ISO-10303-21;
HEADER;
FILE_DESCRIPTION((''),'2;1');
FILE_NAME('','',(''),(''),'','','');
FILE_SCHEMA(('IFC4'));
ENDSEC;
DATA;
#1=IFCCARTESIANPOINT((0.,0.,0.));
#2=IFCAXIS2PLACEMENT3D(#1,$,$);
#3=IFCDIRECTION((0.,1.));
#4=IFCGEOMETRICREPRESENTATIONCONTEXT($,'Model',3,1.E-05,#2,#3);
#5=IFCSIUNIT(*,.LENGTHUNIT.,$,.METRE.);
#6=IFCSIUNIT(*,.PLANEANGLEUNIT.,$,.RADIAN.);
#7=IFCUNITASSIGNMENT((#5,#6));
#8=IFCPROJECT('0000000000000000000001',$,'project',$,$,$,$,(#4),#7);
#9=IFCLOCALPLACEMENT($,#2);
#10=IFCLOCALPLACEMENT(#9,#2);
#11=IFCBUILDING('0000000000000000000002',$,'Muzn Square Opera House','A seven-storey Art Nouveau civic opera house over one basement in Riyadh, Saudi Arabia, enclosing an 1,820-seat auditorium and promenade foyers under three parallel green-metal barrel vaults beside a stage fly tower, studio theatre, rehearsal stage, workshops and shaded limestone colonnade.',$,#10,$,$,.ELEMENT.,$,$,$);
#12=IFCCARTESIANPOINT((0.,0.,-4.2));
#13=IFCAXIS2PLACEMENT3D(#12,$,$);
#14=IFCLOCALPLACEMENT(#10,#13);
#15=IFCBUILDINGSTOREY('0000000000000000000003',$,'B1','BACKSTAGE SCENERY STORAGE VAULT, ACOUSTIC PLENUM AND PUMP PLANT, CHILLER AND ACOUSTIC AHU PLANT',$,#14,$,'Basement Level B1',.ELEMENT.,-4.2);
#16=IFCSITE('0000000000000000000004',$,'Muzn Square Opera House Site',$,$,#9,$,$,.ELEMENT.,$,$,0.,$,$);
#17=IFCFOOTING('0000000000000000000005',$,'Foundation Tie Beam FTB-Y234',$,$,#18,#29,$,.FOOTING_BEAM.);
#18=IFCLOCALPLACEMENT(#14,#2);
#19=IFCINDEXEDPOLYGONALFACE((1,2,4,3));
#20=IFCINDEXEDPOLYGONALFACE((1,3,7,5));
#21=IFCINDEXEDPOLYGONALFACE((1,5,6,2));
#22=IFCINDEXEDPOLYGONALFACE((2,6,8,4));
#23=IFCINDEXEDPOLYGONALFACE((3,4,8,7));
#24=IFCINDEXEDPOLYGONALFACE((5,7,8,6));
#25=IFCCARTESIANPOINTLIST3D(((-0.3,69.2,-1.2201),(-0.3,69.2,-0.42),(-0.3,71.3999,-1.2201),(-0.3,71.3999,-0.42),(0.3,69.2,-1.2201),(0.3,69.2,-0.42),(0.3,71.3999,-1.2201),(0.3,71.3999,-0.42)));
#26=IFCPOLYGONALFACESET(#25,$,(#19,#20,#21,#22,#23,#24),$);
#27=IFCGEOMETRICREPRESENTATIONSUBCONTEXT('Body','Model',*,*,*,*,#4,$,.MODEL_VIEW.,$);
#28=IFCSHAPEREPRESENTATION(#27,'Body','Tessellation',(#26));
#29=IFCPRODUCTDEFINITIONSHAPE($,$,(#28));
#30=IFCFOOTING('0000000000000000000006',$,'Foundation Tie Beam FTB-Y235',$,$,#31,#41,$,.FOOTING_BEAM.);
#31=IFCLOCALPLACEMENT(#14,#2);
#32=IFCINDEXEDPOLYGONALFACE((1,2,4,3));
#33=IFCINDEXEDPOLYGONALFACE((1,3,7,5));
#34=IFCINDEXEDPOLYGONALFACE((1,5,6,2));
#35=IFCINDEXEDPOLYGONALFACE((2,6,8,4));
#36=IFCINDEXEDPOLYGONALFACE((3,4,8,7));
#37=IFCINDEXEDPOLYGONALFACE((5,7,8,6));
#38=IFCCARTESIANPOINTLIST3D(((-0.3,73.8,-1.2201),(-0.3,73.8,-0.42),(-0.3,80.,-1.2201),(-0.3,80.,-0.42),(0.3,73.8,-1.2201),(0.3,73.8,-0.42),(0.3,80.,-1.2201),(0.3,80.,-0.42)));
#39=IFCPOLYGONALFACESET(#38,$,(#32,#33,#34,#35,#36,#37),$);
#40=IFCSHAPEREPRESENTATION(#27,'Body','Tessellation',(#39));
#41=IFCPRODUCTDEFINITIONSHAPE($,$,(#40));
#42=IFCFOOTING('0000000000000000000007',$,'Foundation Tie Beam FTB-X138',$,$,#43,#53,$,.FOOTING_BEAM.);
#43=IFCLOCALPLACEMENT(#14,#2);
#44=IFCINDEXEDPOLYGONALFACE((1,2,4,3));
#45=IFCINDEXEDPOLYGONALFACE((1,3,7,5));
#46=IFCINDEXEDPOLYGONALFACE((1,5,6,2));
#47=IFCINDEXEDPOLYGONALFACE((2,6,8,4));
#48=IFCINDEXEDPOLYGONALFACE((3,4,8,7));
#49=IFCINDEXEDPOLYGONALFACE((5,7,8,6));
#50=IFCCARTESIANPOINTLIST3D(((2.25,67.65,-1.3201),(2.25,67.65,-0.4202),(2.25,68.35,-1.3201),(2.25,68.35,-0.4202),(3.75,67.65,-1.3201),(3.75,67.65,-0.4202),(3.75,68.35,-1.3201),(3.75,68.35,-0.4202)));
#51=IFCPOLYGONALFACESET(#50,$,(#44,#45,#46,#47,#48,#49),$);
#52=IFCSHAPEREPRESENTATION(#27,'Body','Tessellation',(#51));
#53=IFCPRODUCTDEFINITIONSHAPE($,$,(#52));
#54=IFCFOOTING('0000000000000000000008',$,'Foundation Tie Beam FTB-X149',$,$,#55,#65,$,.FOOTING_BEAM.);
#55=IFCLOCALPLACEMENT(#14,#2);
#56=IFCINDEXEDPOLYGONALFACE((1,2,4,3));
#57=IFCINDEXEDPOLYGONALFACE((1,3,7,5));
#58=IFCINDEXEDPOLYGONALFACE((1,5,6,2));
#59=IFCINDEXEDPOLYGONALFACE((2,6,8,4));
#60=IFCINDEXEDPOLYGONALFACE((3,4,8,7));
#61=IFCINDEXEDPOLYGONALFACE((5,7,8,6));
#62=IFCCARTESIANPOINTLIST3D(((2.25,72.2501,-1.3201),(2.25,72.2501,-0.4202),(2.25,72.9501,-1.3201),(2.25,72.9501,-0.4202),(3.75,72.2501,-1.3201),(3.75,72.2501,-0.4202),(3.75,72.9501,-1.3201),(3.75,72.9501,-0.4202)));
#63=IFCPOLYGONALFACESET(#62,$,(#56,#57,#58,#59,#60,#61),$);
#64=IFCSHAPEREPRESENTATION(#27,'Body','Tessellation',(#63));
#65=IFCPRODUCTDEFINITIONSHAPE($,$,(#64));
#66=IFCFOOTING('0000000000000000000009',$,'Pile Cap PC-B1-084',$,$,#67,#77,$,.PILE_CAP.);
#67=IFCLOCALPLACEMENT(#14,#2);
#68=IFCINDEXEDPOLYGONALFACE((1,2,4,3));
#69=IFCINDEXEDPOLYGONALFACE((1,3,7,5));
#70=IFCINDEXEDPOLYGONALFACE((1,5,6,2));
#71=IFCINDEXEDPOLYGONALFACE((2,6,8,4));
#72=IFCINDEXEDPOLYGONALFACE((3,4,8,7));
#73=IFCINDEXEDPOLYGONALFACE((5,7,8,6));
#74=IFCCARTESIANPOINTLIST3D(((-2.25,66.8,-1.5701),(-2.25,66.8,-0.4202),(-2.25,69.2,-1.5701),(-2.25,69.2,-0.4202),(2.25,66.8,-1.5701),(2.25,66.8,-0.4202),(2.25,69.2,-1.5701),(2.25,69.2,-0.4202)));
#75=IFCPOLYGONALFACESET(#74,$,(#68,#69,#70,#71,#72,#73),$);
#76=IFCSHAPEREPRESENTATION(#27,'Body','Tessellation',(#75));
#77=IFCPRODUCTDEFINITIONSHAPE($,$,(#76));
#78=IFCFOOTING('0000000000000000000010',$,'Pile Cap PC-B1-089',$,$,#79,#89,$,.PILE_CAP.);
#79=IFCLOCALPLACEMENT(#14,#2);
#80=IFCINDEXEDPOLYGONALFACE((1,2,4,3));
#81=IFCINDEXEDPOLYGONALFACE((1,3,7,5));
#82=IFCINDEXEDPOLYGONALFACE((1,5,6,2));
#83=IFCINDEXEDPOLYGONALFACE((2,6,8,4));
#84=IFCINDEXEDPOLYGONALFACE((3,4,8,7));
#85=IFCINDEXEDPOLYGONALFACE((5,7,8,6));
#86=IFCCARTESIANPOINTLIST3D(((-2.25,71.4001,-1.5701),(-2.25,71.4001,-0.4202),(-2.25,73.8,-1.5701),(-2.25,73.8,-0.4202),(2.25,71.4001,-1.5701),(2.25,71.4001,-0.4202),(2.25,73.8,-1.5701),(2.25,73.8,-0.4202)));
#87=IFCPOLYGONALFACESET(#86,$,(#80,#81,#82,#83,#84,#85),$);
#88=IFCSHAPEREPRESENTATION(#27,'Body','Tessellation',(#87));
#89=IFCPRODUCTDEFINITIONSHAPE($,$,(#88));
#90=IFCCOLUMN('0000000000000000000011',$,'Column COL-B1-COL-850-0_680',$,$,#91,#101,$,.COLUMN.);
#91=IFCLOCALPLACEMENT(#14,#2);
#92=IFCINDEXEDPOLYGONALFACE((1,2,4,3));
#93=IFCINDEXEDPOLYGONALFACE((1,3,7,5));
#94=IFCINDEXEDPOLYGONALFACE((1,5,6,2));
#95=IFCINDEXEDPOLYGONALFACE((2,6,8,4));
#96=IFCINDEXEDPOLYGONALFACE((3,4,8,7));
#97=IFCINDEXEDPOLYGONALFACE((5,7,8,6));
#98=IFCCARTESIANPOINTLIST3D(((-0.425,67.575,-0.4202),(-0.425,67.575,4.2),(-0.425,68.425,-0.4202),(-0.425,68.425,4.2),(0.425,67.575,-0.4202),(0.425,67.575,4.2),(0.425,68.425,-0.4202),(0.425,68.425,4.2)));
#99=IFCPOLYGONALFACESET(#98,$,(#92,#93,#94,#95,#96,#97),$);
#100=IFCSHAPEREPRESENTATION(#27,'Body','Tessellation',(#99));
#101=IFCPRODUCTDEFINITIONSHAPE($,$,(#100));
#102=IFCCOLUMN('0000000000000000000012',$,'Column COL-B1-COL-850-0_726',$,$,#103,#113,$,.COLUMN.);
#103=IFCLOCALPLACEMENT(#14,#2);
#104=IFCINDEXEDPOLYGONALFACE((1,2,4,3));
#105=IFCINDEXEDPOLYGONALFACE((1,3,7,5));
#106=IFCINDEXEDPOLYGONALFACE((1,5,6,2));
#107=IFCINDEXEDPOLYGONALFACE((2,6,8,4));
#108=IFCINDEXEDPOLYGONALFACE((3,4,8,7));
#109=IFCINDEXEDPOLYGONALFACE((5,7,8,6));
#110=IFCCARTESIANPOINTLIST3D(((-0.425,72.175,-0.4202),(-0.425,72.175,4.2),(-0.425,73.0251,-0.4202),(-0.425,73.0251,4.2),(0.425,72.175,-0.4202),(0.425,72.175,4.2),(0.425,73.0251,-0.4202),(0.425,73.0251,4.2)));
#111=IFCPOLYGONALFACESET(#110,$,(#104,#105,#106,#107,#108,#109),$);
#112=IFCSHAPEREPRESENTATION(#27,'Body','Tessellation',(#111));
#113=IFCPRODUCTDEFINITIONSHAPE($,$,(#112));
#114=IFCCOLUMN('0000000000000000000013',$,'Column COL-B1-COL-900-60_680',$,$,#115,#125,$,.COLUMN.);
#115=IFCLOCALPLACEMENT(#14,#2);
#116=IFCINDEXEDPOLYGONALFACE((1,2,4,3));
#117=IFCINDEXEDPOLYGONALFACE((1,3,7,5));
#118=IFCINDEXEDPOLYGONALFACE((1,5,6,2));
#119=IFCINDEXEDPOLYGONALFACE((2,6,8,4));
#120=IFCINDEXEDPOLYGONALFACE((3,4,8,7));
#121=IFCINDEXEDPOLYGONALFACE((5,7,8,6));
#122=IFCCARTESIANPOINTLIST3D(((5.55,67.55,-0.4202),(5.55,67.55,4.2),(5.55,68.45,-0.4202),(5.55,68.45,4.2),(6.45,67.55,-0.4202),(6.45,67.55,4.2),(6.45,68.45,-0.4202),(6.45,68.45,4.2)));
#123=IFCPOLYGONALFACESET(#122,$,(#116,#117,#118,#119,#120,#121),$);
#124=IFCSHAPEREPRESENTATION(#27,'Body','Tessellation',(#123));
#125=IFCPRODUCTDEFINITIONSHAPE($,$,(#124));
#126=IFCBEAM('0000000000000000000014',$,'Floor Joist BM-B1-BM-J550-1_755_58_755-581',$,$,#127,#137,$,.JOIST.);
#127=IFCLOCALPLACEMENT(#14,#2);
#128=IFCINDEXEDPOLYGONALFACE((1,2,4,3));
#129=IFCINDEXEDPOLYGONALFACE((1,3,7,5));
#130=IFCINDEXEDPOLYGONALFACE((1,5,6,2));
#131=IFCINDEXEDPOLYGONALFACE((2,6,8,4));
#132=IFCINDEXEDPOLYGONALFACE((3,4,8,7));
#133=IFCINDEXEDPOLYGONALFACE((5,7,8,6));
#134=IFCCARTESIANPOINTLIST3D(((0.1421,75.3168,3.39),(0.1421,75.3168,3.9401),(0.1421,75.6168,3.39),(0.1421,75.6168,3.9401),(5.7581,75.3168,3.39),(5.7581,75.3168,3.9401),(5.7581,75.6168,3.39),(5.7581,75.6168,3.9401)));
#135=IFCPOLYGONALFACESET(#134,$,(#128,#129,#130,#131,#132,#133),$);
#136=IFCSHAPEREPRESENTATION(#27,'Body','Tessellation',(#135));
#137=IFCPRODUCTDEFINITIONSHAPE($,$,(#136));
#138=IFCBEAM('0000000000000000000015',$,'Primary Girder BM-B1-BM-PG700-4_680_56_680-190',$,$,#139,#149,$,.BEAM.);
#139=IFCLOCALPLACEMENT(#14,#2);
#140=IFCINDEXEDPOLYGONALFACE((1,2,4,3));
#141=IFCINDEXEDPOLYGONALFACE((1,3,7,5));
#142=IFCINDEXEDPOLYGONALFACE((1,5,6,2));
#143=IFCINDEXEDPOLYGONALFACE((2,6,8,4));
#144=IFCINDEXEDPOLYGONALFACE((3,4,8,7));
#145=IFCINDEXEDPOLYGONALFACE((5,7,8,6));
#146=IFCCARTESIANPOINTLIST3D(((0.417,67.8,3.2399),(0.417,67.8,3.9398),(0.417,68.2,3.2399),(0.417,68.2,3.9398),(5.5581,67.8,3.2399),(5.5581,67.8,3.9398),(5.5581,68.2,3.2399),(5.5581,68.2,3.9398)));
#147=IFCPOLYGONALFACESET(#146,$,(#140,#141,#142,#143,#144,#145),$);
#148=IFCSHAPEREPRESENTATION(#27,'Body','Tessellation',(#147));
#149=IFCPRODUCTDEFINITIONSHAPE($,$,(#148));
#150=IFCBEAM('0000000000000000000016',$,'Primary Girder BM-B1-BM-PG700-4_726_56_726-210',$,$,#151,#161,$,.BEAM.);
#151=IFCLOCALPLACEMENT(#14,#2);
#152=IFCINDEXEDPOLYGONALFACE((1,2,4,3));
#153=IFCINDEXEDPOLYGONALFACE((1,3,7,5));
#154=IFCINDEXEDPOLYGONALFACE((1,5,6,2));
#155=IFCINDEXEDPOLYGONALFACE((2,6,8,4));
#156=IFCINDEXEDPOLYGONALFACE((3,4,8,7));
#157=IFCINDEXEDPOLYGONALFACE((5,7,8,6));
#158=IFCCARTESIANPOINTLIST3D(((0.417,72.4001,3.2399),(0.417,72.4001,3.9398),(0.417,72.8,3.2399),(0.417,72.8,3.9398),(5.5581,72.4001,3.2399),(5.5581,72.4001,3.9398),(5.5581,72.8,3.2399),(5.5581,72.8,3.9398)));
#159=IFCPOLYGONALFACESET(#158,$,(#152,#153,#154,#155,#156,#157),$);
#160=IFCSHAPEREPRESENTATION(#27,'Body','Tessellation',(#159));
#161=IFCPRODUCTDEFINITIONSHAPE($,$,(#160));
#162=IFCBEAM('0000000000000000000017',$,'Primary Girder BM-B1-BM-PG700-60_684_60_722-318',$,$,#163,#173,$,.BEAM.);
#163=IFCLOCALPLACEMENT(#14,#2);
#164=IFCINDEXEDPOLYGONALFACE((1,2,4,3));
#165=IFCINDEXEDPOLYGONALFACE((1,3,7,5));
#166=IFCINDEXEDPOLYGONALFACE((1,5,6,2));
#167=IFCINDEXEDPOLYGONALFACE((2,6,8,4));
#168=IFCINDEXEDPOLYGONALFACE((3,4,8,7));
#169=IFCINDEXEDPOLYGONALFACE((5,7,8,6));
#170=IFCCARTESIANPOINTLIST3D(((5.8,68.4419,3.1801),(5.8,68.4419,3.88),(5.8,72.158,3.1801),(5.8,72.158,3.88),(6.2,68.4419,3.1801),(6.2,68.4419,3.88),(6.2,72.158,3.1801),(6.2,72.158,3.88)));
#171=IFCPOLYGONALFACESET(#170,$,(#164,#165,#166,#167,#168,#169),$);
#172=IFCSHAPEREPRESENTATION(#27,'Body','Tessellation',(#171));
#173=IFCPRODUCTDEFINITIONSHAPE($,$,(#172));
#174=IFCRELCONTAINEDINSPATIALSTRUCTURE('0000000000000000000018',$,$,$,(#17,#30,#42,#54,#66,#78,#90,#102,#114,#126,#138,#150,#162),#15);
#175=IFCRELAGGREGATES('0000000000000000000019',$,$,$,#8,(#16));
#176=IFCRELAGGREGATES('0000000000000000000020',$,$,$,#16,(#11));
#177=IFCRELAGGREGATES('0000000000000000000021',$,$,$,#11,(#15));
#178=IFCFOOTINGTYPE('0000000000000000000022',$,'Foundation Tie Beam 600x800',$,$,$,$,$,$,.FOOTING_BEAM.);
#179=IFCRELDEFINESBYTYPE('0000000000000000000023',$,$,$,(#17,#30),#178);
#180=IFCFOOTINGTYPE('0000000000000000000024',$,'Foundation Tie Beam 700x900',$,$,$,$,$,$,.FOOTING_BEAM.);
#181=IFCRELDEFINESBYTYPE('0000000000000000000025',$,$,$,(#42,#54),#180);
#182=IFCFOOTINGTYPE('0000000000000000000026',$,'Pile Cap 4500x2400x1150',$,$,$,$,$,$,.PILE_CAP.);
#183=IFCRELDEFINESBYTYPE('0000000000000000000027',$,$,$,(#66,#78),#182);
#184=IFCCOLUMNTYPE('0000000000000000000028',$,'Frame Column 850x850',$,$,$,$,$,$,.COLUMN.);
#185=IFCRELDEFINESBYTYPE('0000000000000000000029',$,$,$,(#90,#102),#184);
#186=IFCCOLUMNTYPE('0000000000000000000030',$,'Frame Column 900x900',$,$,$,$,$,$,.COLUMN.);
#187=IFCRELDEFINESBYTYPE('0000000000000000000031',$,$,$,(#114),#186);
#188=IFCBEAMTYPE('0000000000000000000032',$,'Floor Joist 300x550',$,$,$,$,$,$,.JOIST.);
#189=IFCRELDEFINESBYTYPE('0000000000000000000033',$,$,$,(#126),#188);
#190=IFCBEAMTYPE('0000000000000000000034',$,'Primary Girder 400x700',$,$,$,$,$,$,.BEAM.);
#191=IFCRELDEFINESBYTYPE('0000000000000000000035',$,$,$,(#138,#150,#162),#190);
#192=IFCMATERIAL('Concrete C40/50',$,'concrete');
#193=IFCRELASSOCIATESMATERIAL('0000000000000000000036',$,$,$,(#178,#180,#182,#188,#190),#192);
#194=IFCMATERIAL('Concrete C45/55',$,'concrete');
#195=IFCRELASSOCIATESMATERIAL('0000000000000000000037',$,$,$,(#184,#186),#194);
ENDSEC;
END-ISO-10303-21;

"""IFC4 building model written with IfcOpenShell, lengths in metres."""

from ifc_helpers import new_model, si_unit, direction, frame, origin, origin_2d, place, context, subcontext, project, spatial, rectangle, extrude, material, material_profile, profile_set, type_object, element, save


model = new_model("IFC4")

# Units and contexts
model_context = context("Model", 3, precision=1e-05, world=origin(), true_north=direction((0.0, 1.0)))
body_context = subcontext(model_context, "Body", "Model", "MODEL_VIEW")
ifc_project = project(units=[si_unit("LENGTHUNIT", "METRE"), si_unit("PLANEANGLEUNIT", "RADIAN")], contexts=[model_context])

# Site, building, storey
site_placement = place(None, origin())
site = spatial("IfcSite", under=ifc_project, at=site_placement, Name="Muzn Square Opera House Site", CompositionType="ELEMENT", RefElevation=0.0)
building_placement = place(site_placement, origin())
building = spatial("IfcBuilding", under=site, at=building_placement, Name="Muzn Square Opera House", Description="A seven-storey Art Nouveau civic opera house over one basement in Riyadh, Saudi Arabia, enclosing an 1,820-seat auditorium and promenade foyers under three parallel green-metal barrel vaults beside a stage fly tower, studio theatre, rehearsal stage, workshops and shaded limestone colonnade.", CompositionType="ELEMENT")
storey_placement = place(building_placement, frame((0.0, 0.0, -4.2)))
storey = spatial("IfcBuildingStorey", under=building, at=storey_placement, Name="B1", Description="BACKSTAGE SCENERY STORAGE VAULT, ACOUSTIC PLENUM AND PUMP PLANT, CHILLER AND ACOUSTIC AHU PLANT", LongName="Basement Level B1", CompositionType="ELEMENT", Elevation=-4.2)

# Shared definitions
ifc_material_1 = material(Name="Concrete C40/50", Category="concrete")

# Footings
ifc_material_profile_1 = material_profile(ifc_material_1, rectangle(XDim=0.6001, YDim=0.8, at=origin_2d()), Name="RCTB 600x800", Category="concrete")
ifc_profile_set_1 = profile_set([ifc_material_profile_1], Name="Concrete C40/50")
footing_type_1 = type_object("IfcFootingType", Name="Foundation Tie Beam 600x800", PredefinedType="FOOTING_BEAM", material=ifc_profile_set_1)
for number, where, z_axis, x_axis, name in (
    (1, (0.0, 69.2, -0.8201), (0.0, 1.0, 0.0), (-1.0, 0.0, 0.0), "Foundation Tie Beam FTB-Y234"),
):
    element("IfcFooting", number, at=place(storey_placement, frame(where, z_axis=z_axis, x_axis=x_axis)), inside=storey, type_object=footing_type_1, Name=name, PredefinedType="FOOTING_BEAM", context=body_context, shape_type="SweptSolid", body=[
        extrude(rectangle(XDim=0.6001, YDim=0.8, at=origin_2d()), origin(), (0.0, 0.0, 1.0), 2.2),
    ])
footing_placement = place(storey_placement, frame((0.0, 73.8, -0.8201), z_axis=(0.0, 1.0, 0.0), x_axis=(-1.0, 0.0, 0.0)))
element("IfcFooting", 2, at=footing_placement, inside=storey, type_object=footing_type_1, Name="Foundation Tie Beam FTB-Y235", PredefinedType="FOOTING_BEAM", context=body_context, shape_type="SweptSolid", body=[
    extrude(rectangle(XDim=0.6001, YDim=0.8, at=origin_2d()), origin(), (0.0, 0.0, 1.0), 6.2),
])
ifc_material_profile_2 = material_profile(ifc_material_1, rectangle(XDim=0.7, YDim=0.8999, at=origin_2d()), Name="RCTB 700x900", Category="concrete")
ifc_profile_set_2 = profile_set([ifc_material_profile_2], Name="Concrete C40/50")
footing_type_2 = type_object("IfcFootingType", Name="Foundation Tie Beam 700x900", PredefinedType="FOOTING_BEAM", material=ifc_profile_set_2)
for number, where, z_axis, x_axis, name in (
    (3, (2.25, 68.0, -0.8701), (1.0, 0.0, 0.0), (0.0, 1.0, 0.0), "Foundation Tie Beam FTB-X138"),
    (4, (2.25, 72.6001, -0.8701), (1.0, 0.0, 0.0), (0.0, 1.0, 0.0), "Foundation Tie Beam FTB-X149"),
):
    element("IfcFooting", number, at=place(storey_placement, frame(where, z_axis=z_axis, x_axis=x_axis)), inside=storey, type_object=footing_type_2, Name=name, PredefinedType="FOOTING_BEAM", context=body_context, shape_type="SweptSolid", body=[
        extrude(rectangle(XDim=0.7, YDim=0.8999, at=origin_2d()), origin(), (0.0, 0.0, 1.0), 1.5),
    ])
footing_type_3 = type_object("IfcFootingType", Name="Pile Cap 4500x2400x1150", PredefinedType="PILE_CAP", material=ifc_material_1)
for number, where, z_axis, x_axis, name in (
    (5, (0.0, 68.0, -1.5701), (0.0, 0.0, 1.0), (1.0, 0.0, 0.0), "Pile Cap PC-B1-084"),
    (6, (0.0, 72.6001, -1.5701), (0.0, 0.0, 1.0), (1.0, 0.0, 0.0), "Pile Cap PC-B1-089"),
):
    element("IfcFooting", number, at=place(storey_placement, frame(where, z_axis=z_axis, x_axis=x_axis)), inside=storey, type_object=footing_type_3, Name=name, PredefinedType="PILE_CAP", context=body_context, shape_type="SweptSolid", body=[
        extrude(rectangle(XDim=4.5, YDim=2.3999, at=origin_2d()), origin(), (0.0, 0.0, 1.0), 1.1499),
    ])

# Columns
ifc_material_2 = material(Name="Concrete C45/55", Category="concrete")
ifc_material_profile_3 = material_profile(ifc_material_2, rectangle(XDim=0.8501, YDim=0.8501, at=origin_2d()), Name="RC 850x850", Category="concrete")
ifc_profile_set_3 = profile_set([ifc_material_profile_3], Name="Concrete C45/55")
column_type_1 = type_object("IfcColumnType", Name="Frame Column 850x850", PredefinedType="COLUMN", material=ifc_profile_set_3)
for number, where, z_axis, x_axis, name in (
    (7, (0.0, 68.0, -0.4202), (0.0, 0.0, 1.0), (1.0, 0.0, 0.0), "Column COL-B1-COL-850-0_680"),
    (8, (0.0, 72.6001, -0.4202), (0.0, 0.0, 1.0), (1.0, 0.0, 0.0), "Column COL-B1-COL-850-0_726"),
):
    element("IfcColumn", number, at=place(storey_placement, frame(where, z_axis=z_axis, x_axis=x_axis)), inside=storey, type_object=column_type_1, Name=name, PredefinedType="COLUMN", context=body_context, shape_type="SweptSolid", body=[
        extrude(rectangle(XDim=0.8501, YDim=0.8501, at=origin_2d()), origin(), (0.0, 0.0, 1.0), 4.6201),
    ])
ifc_material_profile_4 = material_profile(ifc_material_2, rectangle(XDim=0.8999, YDim=0.8999, at=origin_2d()), Name="RC 900x900", Category="concrete")
ifc_profile_set_4 = profile_set([ifc_material_profile_4], Name="Concrete C45/55")
column_type_2 = type_object("IfcColumnType", Name="Frame Column 900x900", PredefinedType="COLUMN", material=ifc_profile_set_4)
column_placement = place(storey_placement, frame((6.0, 68.0, -0.4202), z_axis=(0.0, 0.0, 1.0), x_axis=(1.0, 0.0, 0.0)))
element("IfcColumn", 9, at=column_placement, inside=storey, type_object=column_type_2, Name="Column COL-B1-COL-900-60_680", PredefinedType="COLUMN", context=body_context, shape_type="SweptSolid", body=[
    extrude(rectangle(XDim=0.8999, YDim=0.8999, at=origin_2d()), origin(), (0.0, 0.0, 1.0), 4.6201),
])

# Beams
ifc_material_profile_5 = material_profile(ifc_material_1, rectangle(XDim=0.3, YDim=0.55, at=origin_2d()), Name="RCJ 300x550", Category="concrete")
ifc_profile_set_5 = profile_set([ifc_material_profile_5], Name="Concrete C40/50")
beam_type_1 = type_object("IfcBeamType", Name="Floor Joist 300x550", PredefinedType="JOIST", material=ifc_profile_set_5)
beam_1_placement = place(storey_placement, frame((0.1421, 75.4668, 3.665), z_axis=(1.0, 0.0, 0.0), x_axis=(0.0, 1.0, 0.0)))
element("IfcBeam", 10, at=beam_1_placement, inside=storey, type_object=beam_type_1, Name="Floor Joist BM-B1-BM-J550-1_755_58_755-581", PredefinedType="JOIST", context=body_context, shape_type="SweptSolid", body=[
    extrude(rectangle(XDim=0.3, YDim=0.55, at=origin_2d()), origin(), (0.0, 0.0, 1.0), 5.616),
])
ifc_material_profile_6 = material_profile(ifc_material_1, rectangle(XDim=0.3999, YDim=0.7, at=origin_2d()), Name="RCB 400x700", Category="concrete")
ifc_profile_set_6 = profile_set([ifc_material_profile_6], Name="Concrete C40/50")
beam_type_2 = type_object("IfcBeamType", Name="Primary Girder 400x700", PredefinedType="BEAM", material=ifc_profile_set_6)
for number, where, z_axis, x_axis, name in (
    (11, (0.417, 68.0, 3.5898), (1.0, 0.0, 0.0), (0.0, 1.0, 0.0), "Primary Girder BM-B1-BM-PG700-4_680_56_680-190"),
    (12, (0.417, 72.6001, 3.5898), (1.0, 0.0, 0.0), (0.0, 1.0, 0.0), "Primary Girder BM-B1-BM-PG700-4_726_56_726-210"),
):
    element("IfcBeam", number, at=place(storey_placement, frame(where, z_axis=z_axis, x_axis=x_axis)), inside=storey, type_object=beam_type_2, Name=name, PredefinedType="BEAM", context=body_context, shape_type="SweptSolid", body=[
        extrude(rectangle(XDim=0.3999, YDim=0.7, at=origin_2d()), origin(), (0.0, 0.0, 1.0), 5.1411),
    ])
beam_2_placement = place(storey_placement, frame((6.0, 68.4419, 3.53), z_axis=(0.0, 1.0, 0.0), x_axis=(-1.0, 0.0, 0.0)))
element("IfcBeam", 13, at=beam_2_placement, inside=storey, type_object=beam_type_2, Name="Primary Girder BM-B1-BM-PG700-60_684_60_722-318", PredefinedType="BEAM", context=body_context, shape_type="SweptSolid", body=[
    extrude(rectangle(XDim=0.3999, YDim=0.7, at=origin_2d()), origin(), (0.0, 0.0, 1.0), 3.7161),
])

save(model, "model.ifc")
